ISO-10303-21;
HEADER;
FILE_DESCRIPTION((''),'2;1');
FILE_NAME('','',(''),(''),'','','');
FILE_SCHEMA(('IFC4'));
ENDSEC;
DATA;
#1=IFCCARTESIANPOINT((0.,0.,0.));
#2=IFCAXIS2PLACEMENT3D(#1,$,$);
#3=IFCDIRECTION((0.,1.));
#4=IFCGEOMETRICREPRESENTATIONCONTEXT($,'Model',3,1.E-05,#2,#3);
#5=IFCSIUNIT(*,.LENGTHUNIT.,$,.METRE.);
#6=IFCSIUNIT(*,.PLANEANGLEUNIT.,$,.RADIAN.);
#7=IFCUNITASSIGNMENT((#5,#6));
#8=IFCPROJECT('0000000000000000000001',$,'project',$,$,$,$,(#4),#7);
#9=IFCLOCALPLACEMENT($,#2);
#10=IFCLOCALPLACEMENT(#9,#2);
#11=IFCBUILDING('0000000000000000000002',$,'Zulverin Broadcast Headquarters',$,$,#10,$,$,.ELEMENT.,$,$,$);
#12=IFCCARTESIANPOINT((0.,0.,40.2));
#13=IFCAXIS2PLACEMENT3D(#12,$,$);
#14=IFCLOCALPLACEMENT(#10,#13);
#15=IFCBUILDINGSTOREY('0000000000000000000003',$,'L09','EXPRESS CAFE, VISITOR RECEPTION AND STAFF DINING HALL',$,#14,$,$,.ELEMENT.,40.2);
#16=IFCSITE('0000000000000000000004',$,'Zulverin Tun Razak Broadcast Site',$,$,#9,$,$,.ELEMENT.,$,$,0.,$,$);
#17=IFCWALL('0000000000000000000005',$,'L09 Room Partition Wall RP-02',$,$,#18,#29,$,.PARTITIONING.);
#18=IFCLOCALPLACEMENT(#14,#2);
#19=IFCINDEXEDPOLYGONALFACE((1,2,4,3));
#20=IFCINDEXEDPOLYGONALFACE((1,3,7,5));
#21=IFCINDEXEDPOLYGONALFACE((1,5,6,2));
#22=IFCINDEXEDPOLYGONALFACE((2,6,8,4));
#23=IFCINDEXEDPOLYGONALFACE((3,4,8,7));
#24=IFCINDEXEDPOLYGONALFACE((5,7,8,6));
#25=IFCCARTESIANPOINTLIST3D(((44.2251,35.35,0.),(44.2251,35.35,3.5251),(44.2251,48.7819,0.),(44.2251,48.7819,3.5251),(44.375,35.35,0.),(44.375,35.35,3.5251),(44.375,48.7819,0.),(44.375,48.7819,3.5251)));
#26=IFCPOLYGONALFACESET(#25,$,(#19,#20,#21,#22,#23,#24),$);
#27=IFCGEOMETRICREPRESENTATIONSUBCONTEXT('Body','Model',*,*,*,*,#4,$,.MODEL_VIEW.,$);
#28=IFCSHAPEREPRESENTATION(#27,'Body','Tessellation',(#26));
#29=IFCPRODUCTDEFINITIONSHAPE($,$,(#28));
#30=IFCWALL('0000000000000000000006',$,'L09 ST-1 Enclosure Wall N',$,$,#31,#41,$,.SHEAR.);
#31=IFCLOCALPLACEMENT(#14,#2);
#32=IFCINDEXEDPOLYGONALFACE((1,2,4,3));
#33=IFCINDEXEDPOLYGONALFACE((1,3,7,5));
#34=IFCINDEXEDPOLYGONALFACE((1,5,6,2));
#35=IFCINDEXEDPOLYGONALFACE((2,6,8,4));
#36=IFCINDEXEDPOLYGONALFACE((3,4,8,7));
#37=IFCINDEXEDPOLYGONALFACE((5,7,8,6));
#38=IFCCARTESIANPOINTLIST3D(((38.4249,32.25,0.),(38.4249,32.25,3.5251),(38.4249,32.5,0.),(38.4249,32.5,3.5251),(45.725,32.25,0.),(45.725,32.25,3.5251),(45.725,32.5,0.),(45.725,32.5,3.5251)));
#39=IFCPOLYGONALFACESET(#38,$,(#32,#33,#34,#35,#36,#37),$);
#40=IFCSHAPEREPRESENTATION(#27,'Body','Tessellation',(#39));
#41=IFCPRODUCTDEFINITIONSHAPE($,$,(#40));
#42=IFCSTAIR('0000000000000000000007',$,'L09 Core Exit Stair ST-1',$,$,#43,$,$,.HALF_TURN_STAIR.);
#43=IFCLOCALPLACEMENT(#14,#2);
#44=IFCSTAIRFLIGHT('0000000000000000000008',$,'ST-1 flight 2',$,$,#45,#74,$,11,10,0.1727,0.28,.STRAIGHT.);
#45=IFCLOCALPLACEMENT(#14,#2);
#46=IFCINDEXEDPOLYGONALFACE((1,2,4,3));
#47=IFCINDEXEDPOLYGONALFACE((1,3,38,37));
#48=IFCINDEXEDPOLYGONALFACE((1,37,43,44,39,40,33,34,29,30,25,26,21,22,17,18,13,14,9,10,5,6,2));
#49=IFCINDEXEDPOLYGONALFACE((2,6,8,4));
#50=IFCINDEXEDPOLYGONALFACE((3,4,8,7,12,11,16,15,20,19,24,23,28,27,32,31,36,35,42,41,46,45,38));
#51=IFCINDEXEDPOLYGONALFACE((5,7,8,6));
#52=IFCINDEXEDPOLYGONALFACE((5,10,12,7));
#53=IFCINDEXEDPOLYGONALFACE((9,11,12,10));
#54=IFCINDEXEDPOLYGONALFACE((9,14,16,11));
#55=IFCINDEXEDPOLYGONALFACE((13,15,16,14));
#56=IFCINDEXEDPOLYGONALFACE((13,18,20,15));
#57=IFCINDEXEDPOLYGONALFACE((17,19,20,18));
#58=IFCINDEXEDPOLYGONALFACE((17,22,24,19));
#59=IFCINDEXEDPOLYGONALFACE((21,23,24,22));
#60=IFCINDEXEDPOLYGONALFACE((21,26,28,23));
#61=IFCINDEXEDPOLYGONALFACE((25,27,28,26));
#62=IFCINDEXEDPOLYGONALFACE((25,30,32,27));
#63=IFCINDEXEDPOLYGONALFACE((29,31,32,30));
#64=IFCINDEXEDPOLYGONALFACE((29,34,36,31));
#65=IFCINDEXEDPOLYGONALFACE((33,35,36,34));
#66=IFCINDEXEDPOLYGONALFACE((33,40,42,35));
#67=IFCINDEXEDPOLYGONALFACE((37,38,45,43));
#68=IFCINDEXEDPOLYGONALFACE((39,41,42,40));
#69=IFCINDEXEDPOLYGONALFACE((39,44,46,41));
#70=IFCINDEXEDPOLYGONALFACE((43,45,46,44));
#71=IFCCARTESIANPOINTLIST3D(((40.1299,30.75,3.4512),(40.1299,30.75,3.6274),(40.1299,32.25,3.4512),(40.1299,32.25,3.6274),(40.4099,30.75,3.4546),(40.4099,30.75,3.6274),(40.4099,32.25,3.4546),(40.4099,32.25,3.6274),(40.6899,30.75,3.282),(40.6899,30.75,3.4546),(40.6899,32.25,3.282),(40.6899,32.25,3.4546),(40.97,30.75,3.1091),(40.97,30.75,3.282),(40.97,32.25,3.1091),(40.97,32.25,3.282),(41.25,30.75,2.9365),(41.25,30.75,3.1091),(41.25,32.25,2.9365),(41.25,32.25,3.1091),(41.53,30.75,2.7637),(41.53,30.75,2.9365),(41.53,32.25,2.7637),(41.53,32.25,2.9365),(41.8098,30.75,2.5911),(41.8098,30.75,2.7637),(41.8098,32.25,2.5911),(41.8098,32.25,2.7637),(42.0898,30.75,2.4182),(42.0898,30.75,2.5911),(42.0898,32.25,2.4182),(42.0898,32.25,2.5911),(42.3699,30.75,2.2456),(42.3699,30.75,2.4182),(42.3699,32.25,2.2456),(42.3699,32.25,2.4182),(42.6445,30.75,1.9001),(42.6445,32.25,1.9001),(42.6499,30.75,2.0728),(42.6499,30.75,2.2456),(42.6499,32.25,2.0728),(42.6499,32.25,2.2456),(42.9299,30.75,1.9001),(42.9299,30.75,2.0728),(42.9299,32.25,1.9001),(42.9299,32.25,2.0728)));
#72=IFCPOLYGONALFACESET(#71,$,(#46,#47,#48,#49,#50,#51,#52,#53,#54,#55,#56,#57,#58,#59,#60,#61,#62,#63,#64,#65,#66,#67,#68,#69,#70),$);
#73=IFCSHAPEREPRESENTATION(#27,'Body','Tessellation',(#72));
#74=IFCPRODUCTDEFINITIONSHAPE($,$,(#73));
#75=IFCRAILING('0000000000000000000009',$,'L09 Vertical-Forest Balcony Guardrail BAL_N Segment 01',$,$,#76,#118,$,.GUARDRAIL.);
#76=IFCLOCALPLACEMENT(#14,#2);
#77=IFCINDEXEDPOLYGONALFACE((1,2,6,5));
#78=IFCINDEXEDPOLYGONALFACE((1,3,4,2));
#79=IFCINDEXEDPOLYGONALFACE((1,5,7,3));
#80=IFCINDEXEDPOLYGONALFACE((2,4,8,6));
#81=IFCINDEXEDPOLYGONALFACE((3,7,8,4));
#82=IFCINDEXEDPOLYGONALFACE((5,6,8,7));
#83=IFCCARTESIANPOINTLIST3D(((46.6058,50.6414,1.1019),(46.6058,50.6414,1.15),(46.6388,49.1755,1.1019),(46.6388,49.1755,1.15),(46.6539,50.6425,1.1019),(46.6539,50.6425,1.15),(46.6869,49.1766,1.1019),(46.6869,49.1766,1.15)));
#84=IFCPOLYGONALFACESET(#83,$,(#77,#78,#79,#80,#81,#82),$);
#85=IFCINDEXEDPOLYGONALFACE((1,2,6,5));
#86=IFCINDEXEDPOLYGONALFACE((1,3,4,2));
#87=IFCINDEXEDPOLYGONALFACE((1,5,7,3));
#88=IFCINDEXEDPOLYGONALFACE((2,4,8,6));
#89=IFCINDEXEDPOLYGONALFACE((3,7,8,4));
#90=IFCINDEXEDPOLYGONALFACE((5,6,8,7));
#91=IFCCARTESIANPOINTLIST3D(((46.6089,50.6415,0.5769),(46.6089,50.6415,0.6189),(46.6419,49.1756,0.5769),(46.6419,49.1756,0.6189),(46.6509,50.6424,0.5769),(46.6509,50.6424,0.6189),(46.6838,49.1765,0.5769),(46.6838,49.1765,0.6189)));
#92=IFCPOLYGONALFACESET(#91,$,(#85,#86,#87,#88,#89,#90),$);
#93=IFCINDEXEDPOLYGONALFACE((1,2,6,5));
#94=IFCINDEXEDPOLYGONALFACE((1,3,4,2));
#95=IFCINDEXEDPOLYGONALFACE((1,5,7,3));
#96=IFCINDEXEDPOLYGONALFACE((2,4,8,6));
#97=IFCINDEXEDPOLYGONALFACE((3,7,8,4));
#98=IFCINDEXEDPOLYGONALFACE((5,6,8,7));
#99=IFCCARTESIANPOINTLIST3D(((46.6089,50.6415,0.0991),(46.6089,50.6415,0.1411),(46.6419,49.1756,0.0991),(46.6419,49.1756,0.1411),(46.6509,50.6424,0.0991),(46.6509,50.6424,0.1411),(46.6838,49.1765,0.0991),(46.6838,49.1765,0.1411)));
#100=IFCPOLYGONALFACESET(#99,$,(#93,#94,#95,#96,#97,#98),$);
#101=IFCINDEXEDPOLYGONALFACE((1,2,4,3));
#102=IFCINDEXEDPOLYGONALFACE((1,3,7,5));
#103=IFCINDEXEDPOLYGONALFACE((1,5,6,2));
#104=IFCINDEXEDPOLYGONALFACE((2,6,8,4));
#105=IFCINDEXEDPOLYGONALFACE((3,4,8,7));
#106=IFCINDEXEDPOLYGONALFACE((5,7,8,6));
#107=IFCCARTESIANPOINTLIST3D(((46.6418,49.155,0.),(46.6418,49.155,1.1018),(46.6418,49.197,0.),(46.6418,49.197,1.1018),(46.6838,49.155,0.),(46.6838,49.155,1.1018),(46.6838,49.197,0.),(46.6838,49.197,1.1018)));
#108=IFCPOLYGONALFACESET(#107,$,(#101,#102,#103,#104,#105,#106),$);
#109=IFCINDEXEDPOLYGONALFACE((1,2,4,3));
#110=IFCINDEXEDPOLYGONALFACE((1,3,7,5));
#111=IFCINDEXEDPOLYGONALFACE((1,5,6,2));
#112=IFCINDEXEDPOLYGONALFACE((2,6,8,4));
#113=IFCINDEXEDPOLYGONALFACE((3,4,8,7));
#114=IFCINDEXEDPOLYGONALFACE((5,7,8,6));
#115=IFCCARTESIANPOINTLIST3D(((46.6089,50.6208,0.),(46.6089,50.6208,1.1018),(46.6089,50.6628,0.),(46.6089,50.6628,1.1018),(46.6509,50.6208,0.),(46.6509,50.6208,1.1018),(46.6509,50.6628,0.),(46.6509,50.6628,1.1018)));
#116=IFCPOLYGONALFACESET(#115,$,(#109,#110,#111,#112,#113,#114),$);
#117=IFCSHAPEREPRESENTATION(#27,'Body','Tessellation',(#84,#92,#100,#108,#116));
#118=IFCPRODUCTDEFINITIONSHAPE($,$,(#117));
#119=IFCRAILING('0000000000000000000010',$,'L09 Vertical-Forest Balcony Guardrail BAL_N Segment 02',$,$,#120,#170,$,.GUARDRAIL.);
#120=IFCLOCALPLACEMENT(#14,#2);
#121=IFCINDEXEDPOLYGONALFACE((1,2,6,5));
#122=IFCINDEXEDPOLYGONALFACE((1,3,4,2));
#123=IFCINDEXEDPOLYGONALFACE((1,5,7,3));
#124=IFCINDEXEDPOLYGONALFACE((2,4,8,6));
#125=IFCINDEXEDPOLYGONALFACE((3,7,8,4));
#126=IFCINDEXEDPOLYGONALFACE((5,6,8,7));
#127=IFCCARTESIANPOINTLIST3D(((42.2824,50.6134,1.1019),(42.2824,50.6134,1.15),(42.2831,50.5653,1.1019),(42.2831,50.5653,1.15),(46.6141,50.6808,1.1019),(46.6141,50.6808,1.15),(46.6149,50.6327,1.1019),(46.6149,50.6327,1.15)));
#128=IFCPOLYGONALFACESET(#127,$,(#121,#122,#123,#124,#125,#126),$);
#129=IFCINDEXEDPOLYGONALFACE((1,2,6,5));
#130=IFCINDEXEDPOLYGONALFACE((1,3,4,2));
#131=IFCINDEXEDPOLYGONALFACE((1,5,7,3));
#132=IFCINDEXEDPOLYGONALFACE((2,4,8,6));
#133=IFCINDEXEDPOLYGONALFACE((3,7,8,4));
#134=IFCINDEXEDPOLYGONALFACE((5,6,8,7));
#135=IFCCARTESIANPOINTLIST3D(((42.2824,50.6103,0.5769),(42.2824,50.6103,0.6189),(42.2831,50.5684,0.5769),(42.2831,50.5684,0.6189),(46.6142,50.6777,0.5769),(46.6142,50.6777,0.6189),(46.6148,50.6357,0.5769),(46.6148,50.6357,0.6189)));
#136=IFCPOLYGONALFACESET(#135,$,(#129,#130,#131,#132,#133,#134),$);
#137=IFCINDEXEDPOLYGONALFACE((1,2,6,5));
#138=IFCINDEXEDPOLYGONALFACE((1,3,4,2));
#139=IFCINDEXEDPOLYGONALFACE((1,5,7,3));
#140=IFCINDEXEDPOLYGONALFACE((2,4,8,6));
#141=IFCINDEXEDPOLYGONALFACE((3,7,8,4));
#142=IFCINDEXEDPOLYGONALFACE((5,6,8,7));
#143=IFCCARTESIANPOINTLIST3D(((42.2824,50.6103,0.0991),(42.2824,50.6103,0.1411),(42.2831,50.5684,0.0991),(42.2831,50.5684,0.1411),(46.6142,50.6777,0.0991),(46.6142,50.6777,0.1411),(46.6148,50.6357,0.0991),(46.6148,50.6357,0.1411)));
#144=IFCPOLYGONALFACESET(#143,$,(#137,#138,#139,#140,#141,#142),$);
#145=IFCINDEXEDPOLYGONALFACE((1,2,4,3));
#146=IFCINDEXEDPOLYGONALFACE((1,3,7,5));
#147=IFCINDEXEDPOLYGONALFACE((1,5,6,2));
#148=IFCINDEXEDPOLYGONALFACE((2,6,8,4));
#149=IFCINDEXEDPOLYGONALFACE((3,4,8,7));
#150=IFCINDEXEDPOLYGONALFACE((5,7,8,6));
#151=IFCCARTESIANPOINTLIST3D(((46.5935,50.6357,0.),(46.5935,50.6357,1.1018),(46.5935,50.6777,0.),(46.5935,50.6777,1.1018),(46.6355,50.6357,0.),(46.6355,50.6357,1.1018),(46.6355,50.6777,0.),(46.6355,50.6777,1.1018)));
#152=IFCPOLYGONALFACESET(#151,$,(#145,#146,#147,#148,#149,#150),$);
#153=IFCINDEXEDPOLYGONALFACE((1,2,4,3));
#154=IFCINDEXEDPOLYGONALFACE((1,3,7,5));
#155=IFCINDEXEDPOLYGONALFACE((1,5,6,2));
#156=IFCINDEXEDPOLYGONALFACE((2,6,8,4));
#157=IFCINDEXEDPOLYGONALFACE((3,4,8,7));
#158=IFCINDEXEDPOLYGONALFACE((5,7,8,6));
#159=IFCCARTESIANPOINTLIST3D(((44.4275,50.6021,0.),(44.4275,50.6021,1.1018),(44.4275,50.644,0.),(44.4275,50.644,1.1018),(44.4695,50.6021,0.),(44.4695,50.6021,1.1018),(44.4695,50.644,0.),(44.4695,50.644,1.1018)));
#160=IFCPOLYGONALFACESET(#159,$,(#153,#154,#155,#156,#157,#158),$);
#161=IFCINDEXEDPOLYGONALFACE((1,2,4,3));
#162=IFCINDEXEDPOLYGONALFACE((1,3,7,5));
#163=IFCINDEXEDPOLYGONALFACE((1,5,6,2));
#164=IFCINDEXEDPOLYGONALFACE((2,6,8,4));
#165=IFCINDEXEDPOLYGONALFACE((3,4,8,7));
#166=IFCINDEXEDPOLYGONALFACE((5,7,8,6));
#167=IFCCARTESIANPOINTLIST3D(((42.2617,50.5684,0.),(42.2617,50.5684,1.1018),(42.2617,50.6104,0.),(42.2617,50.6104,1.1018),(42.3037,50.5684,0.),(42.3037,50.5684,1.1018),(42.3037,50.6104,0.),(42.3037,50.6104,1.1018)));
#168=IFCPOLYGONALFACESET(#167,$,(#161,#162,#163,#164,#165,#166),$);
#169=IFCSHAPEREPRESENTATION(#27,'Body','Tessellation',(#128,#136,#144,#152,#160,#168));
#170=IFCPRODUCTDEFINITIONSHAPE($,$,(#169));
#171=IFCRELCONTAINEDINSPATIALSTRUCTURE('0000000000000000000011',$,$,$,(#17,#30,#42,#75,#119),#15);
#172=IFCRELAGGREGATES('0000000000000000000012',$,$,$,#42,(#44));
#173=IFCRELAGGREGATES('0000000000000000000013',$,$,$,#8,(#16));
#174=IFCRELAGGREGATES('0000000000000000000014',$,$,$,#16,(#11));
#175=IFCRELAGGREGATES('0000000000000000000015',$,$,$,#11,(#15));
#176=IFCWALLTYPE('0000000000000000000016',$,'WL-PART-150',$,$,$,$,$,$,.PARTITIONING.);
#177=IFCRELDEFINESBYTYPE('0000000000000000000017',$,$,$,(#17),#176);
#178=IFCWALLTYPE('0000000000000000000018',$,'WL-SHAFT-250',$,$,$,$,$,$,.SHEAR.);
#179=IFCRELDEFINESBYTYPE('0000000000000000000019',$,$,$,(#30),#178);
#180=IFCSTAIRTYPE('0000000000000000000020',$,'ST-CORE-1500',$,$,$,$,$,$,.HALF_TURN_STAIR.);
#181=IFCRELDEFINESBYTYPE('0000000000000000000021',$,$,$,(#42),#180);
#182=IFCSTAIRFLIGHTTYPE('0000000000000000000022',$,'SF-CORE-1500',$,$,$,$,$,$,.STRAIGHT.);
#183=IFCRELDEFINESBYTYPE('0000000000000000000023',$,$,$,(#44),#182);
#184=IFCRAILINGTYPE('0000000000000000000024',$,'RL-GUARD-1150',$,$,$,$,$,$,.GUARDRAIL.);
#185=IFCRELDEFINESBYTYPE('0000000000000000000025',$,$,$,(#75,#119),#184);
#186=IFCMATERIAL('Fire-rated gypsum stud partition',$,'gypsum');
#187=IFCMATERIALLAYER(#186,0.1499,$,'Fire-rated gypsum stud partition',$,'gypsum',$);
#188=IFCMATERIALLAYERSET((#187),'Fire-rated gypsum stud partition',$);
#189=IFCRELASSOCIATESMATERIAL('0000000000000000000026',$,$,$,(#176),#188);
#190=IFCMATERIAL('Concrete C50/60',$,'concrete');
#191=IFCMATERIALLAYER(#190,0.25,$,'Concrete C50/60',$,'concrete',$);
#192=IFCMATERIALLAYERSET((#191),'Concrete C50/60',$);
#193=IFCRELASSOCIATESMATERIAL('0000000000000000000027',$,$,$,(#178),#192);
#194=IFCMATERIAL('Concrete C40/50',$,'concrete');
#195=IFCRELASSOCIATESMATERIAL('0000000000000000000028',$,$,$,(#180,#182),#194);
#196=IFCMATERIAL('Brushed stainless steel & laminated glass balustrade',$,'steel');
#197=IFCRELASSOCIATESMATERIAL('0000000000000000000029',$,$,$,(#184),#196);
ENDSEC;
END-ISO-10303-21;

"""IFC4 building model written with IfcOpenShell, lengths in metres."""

from ifc_helpers import new_model, si_unit, direction, frame, frame_2d, origin, origin_2d, place, context, subcontext, project, spatial, polyline, rectangle, outline, extrude, material, layer, layer_set, type_object, element, aggregate, save


model = new_model("IFC4")

# Units and contexts
model_context = context("Model", 3, precision=1e-05, world=origin(), true_north=direction((0.0, 1.0)))
body_context = subcontext(model_context, "Body", "Model", "MODEL_VIEW")
ifc_project = project(units=[si_unit("LENGTHUNIT", "METRE"), si_unit("PLANEANGLEUNIT", "RADIAN")], contexts=[model_context])

# Site, building, storey
site_placement = place(None, origin())
site = spatial("IfcSite", under=ifc_project, at=site_placement, Name="Zulverin Tun Razak Broadcast Site", CompositionType="ELEMENT", RefElevation=0.0)
building_placement = place(site_placement, origin())
building = spatial("IfcBuilding", under=site, at=building_placement, Name="Zulverin Broadcast Headquarters", CompositionType="ELEMENT")
storey_placement = place(building_placement, frame((0.0, 0.0, 40.2)))
storey = spatial("IfcBuildingStorey", under=building, at=storey_placement, Name="L09", Description="EXPRESS CAFE, VISITOR RECEPTION AND STAFF DINING HALL", CompositionType="ELEMENT", Elevation=40.2)

# Shared definitions
ifc_material_1 = material(Name="Concrete C40/50", Category="concrete")

# Walls
ifc_material_2 = material(Name="Fire-rated gypsum stud partition", Category="gypsum")
ifc_layer_1 = layer(ifc_material_2, 0.1499, Name="Fire-rated gypsum stud partition", Category="gypsum")
ifc_layer_set_1 = layer_set([ifc_layer_1], Name="Fire-rated gypsum stud partition")
wall_type_1 = type_object("IfcWallType", Name="WL-PART-150", PredefinedType="PARTITIONING", material=ifc_layer_set_1)
wall_1_placement = place(storey_placement, frame((44.3, 35.3501, 0.0), z_axis=(0.0, 0.0, 1.0), x_axis=(0.0, 1.0, 0.0)))
element("IfcWall", 1, at=wall_1_placement, inside=storey, type_object=wall_type_1, Name="L09 Room Partition Wall RP-02", PredefinedType="PARTITIONING", context=body_context, shape_type="SweptSolid", body=[
    extrude(rectangle(XDim=13.4319, YDim=0.1499, at=frame_2d((6.7158, 0.0))), origin(), (0.0, 0.0, 1.0), 3.5251),
])
ifc_material_3 = material(Name="Concrete C50/60", Category="concrete")
ifc_layer_2 = layer(ifc_material_3, 0.25, Name="Concrete C50/60", Category="concrete")
ifc_layer_set_2 = layer_set([ifc_layer_2], Name="Concrete C50/60")
wall_type_2 = type_object("IfcWallType", Name="WL-SHAFT-250", PredefinedType="SHEAR", material=ifc_layer_set_2)
wall_2_placement = place(storey_placement, frame((38.425, 32.375, 0.0), z_axis=(0.0, 0.0, 1.0), x_axis=(1.0, 0.0, 0.0)))
element("IfcWall", 2, at=wall_2_placement, inside=storey, type_object=wall_type_2, Name="L09 ST-1 Enclosure Wall N", PredefinedType="SHEAR", context=body_context, shape_type="SweptSolid", body=[
    extrude(rectangle(XDim=7.3, YDim=0.25, at=frame_2d((3.6499, 0.0))), origin(), (0.0, 0.0, 1.0), 3.5251),
])

# Stair, stair flight
stair_type = type_object("IfcStairType", Name="ST-CORE-1500", PredefinedType="HALF_TURN_STAIR", material=ifc_material_1)
stair_placement = place(storey_placement, origin())
stair = element("IfcStair", 3, at=stair_placement, inside=storey, type_object=stair_type, Name="L09 Core Exit Stair ST-1", PredefinedType="HALF_TURN_STAIR")
stair_flight_type = type_object("IfcStairFlightType", Name="SF-CORE-1500", PredefinedType="STRAIGHT", material=ifc_material_1)
stair_flight_placement = place(storey_placement, frame((42.9299, 31.5, 1.9001), z_axis=(0.0, 0.0, 1.0), x_axis=(-1.0, 0.0, 0.0)))
stair_flight = element("IfcStairFlight", 4, at=stair_flight_placement, type_object=stair_flight_type, Name="ST-1 flight 2", NumberOfRisers=11, NumberOfTreads=10, PredefinedType="STRAIGHT", RiserHeight=0.1727, TreadLength=0.28, context=body_context, shape_type="SweptSolid", body=[
    extrude(outline(polyline([(0.0, 0.0), (0.0, 0.1726), (0.28, 0.1726), (0.28, 0.3455), (0.5601, 0.3455), (0.5601, 0.5181), (0.8401, 0.5181), (0.8401, 0.6909), (1.1201, 0.6909), (1.1201, 0.8635), (1.3999, 0.8635), (1.3999, 1.0364), (1.6799, 1.0364), (1.6799, 1.209), (1.96, 1.209), (1.96, 1.3818), (2.24, 1.3818), (2.24, 1.5544), (2.52, 1.5544), (2.52, 1.7273), (2.8, 1.7273), (2.8, 1.8999), (2.8, 1.551), (0.2854, 0.0), (0.0, 0.0)])), frame((0.0, 0.75, 0.0), z_axis=(0.0, -1.0, 0.0), x_axis=(1.0, 0.0, 0.0)), (0.0, 0.0, 1.0), 1.5),
])
aggregate(stair, [stair_flight])

# Railings
ifc_material_4 = material(Name="Brushed stainless steel & laminated glass balustrade", Category="steel")
railing_type_1 = type_object("IfcRailingType", Name="RL-GUARD-1150", PredefinedType="GUARDRAIL", material=ifc_material_4)
railing_1_placement = place(storey_placement, frame((46.6628, 49.176, 0.0)))
element("IfcRailing", 5, at=railing_1_placement, inside=storey, type_object=railing_type_1, Name="L09 Vertical-Forest Balcony Guardrail BAL_N Segment 01", PredefinedType="GUARDRAIL", context=body_context, shape_type="SweptSolid", body=[
    extrude(rectangle(XDim=0.0481, YDim=0.0481, at=origin_2d()), frame((0.0, 0.0, 1.126), z_axis=(-0.022479, 0.999747, 0.0), x_axis=(-0.999747, -0.022479, 0.0)), (0.0, 0.0, 1.0), 1.4663),
    extrude(rectangle(XDim=0.042, YDim=0.042, at=origin_2d()), frame((0.0, 0.0, 0.5979), z_axis=(-0.022479, 0.999747, 0.0), x_axis=(-0.999747, -0.022479, 0.0)), (0.0, 0.0, 1.0), 1.4663),
    extrude(rectangle(XDim=0.042, YDim=0.042, at=origin_2d()), frame((0.0, 0.0, 0.1201), z_axis=(-0.022479, 0.999747, 0.0), x_axis=(-0.999747, -0.022479, 0.0)), (0.0, 0.0, 1.0), 1.4663),
    extrude(rectangle(XDim=0.042, YDim=0.042, at=origin_2d()), origin(), (0.0, 0.0, 1.0), 1.1018),
    extrude(rectangle(XDim=0.042, YDim=0.042, at=origin_2d()), frame((-0.033, 1.4658, 0.0)), (0.0, 0.0, 1.0), 1.1018),
])
railing_2_placement = place(storey_placement, frame((46.6145, 50.6567, 0.0)))
element("IfcRailing", 6, at=railing_2_placement, inside=storey, type_object=railing_type_1, Name="L09 Vertical-Forest Balcony Guardrail BAL_N Segment 02", PredefinedType="GUARDRAIL", context=body_context, shape_type="SweptSolid", body=[
    extrude(rectangle(XDim=0.0481, YDim=0.0481, at=origin_2d()), frame((0.0, 0.0, 1.126), z_axis=(-0.999879, -0.015554, 0.0), x_axis=(0.015554, -0.999879, 0.0)), (0.0, 0.0, 1.0), 4.3323),
    extrude(rectangle(XDim=0.042, YDim=0.042, at=origin_2d()), frame((0.0, 0.0, 0.5979), z_axis=(-0.999879, -0.015554, 0.0), x_axis=(0.015554, -0.999879, 0.0)), (0.0, 0.0, 1.0), 4.3323),
    extrude(rectangle(XDim=0.042, YDim=0.042, at=origin_2d()), frame((0.0, 0.0, 0.1201), z_axis=(-0.999879, -0.015554, 0.0), x_axis=(0.015554, -0.999879, 0.0)), (0.0, 0.0, 1.0), 4.3323),
    extrude(rectangle(XDim=0.042, YDim=0.042, at=origin_2d()), origin(), (0.0, 0.0, 1.0), 1.1018),
    extrude(rectangle(XDim=0.042, YDim=0.042, at=origin_2d()), frame((-2.166, -0.0337, 0.0)), (0.0, 0.0, 1.0), 1.1018),
    extrude(rectangle(XDim=0.042, YDim=0.042, at=origin_2d()), frame((-4.3318, -0.0674, 0.0)), (0.0, 0.0, 1.0), 1.1018),
])

save(model, "model.ifc")
